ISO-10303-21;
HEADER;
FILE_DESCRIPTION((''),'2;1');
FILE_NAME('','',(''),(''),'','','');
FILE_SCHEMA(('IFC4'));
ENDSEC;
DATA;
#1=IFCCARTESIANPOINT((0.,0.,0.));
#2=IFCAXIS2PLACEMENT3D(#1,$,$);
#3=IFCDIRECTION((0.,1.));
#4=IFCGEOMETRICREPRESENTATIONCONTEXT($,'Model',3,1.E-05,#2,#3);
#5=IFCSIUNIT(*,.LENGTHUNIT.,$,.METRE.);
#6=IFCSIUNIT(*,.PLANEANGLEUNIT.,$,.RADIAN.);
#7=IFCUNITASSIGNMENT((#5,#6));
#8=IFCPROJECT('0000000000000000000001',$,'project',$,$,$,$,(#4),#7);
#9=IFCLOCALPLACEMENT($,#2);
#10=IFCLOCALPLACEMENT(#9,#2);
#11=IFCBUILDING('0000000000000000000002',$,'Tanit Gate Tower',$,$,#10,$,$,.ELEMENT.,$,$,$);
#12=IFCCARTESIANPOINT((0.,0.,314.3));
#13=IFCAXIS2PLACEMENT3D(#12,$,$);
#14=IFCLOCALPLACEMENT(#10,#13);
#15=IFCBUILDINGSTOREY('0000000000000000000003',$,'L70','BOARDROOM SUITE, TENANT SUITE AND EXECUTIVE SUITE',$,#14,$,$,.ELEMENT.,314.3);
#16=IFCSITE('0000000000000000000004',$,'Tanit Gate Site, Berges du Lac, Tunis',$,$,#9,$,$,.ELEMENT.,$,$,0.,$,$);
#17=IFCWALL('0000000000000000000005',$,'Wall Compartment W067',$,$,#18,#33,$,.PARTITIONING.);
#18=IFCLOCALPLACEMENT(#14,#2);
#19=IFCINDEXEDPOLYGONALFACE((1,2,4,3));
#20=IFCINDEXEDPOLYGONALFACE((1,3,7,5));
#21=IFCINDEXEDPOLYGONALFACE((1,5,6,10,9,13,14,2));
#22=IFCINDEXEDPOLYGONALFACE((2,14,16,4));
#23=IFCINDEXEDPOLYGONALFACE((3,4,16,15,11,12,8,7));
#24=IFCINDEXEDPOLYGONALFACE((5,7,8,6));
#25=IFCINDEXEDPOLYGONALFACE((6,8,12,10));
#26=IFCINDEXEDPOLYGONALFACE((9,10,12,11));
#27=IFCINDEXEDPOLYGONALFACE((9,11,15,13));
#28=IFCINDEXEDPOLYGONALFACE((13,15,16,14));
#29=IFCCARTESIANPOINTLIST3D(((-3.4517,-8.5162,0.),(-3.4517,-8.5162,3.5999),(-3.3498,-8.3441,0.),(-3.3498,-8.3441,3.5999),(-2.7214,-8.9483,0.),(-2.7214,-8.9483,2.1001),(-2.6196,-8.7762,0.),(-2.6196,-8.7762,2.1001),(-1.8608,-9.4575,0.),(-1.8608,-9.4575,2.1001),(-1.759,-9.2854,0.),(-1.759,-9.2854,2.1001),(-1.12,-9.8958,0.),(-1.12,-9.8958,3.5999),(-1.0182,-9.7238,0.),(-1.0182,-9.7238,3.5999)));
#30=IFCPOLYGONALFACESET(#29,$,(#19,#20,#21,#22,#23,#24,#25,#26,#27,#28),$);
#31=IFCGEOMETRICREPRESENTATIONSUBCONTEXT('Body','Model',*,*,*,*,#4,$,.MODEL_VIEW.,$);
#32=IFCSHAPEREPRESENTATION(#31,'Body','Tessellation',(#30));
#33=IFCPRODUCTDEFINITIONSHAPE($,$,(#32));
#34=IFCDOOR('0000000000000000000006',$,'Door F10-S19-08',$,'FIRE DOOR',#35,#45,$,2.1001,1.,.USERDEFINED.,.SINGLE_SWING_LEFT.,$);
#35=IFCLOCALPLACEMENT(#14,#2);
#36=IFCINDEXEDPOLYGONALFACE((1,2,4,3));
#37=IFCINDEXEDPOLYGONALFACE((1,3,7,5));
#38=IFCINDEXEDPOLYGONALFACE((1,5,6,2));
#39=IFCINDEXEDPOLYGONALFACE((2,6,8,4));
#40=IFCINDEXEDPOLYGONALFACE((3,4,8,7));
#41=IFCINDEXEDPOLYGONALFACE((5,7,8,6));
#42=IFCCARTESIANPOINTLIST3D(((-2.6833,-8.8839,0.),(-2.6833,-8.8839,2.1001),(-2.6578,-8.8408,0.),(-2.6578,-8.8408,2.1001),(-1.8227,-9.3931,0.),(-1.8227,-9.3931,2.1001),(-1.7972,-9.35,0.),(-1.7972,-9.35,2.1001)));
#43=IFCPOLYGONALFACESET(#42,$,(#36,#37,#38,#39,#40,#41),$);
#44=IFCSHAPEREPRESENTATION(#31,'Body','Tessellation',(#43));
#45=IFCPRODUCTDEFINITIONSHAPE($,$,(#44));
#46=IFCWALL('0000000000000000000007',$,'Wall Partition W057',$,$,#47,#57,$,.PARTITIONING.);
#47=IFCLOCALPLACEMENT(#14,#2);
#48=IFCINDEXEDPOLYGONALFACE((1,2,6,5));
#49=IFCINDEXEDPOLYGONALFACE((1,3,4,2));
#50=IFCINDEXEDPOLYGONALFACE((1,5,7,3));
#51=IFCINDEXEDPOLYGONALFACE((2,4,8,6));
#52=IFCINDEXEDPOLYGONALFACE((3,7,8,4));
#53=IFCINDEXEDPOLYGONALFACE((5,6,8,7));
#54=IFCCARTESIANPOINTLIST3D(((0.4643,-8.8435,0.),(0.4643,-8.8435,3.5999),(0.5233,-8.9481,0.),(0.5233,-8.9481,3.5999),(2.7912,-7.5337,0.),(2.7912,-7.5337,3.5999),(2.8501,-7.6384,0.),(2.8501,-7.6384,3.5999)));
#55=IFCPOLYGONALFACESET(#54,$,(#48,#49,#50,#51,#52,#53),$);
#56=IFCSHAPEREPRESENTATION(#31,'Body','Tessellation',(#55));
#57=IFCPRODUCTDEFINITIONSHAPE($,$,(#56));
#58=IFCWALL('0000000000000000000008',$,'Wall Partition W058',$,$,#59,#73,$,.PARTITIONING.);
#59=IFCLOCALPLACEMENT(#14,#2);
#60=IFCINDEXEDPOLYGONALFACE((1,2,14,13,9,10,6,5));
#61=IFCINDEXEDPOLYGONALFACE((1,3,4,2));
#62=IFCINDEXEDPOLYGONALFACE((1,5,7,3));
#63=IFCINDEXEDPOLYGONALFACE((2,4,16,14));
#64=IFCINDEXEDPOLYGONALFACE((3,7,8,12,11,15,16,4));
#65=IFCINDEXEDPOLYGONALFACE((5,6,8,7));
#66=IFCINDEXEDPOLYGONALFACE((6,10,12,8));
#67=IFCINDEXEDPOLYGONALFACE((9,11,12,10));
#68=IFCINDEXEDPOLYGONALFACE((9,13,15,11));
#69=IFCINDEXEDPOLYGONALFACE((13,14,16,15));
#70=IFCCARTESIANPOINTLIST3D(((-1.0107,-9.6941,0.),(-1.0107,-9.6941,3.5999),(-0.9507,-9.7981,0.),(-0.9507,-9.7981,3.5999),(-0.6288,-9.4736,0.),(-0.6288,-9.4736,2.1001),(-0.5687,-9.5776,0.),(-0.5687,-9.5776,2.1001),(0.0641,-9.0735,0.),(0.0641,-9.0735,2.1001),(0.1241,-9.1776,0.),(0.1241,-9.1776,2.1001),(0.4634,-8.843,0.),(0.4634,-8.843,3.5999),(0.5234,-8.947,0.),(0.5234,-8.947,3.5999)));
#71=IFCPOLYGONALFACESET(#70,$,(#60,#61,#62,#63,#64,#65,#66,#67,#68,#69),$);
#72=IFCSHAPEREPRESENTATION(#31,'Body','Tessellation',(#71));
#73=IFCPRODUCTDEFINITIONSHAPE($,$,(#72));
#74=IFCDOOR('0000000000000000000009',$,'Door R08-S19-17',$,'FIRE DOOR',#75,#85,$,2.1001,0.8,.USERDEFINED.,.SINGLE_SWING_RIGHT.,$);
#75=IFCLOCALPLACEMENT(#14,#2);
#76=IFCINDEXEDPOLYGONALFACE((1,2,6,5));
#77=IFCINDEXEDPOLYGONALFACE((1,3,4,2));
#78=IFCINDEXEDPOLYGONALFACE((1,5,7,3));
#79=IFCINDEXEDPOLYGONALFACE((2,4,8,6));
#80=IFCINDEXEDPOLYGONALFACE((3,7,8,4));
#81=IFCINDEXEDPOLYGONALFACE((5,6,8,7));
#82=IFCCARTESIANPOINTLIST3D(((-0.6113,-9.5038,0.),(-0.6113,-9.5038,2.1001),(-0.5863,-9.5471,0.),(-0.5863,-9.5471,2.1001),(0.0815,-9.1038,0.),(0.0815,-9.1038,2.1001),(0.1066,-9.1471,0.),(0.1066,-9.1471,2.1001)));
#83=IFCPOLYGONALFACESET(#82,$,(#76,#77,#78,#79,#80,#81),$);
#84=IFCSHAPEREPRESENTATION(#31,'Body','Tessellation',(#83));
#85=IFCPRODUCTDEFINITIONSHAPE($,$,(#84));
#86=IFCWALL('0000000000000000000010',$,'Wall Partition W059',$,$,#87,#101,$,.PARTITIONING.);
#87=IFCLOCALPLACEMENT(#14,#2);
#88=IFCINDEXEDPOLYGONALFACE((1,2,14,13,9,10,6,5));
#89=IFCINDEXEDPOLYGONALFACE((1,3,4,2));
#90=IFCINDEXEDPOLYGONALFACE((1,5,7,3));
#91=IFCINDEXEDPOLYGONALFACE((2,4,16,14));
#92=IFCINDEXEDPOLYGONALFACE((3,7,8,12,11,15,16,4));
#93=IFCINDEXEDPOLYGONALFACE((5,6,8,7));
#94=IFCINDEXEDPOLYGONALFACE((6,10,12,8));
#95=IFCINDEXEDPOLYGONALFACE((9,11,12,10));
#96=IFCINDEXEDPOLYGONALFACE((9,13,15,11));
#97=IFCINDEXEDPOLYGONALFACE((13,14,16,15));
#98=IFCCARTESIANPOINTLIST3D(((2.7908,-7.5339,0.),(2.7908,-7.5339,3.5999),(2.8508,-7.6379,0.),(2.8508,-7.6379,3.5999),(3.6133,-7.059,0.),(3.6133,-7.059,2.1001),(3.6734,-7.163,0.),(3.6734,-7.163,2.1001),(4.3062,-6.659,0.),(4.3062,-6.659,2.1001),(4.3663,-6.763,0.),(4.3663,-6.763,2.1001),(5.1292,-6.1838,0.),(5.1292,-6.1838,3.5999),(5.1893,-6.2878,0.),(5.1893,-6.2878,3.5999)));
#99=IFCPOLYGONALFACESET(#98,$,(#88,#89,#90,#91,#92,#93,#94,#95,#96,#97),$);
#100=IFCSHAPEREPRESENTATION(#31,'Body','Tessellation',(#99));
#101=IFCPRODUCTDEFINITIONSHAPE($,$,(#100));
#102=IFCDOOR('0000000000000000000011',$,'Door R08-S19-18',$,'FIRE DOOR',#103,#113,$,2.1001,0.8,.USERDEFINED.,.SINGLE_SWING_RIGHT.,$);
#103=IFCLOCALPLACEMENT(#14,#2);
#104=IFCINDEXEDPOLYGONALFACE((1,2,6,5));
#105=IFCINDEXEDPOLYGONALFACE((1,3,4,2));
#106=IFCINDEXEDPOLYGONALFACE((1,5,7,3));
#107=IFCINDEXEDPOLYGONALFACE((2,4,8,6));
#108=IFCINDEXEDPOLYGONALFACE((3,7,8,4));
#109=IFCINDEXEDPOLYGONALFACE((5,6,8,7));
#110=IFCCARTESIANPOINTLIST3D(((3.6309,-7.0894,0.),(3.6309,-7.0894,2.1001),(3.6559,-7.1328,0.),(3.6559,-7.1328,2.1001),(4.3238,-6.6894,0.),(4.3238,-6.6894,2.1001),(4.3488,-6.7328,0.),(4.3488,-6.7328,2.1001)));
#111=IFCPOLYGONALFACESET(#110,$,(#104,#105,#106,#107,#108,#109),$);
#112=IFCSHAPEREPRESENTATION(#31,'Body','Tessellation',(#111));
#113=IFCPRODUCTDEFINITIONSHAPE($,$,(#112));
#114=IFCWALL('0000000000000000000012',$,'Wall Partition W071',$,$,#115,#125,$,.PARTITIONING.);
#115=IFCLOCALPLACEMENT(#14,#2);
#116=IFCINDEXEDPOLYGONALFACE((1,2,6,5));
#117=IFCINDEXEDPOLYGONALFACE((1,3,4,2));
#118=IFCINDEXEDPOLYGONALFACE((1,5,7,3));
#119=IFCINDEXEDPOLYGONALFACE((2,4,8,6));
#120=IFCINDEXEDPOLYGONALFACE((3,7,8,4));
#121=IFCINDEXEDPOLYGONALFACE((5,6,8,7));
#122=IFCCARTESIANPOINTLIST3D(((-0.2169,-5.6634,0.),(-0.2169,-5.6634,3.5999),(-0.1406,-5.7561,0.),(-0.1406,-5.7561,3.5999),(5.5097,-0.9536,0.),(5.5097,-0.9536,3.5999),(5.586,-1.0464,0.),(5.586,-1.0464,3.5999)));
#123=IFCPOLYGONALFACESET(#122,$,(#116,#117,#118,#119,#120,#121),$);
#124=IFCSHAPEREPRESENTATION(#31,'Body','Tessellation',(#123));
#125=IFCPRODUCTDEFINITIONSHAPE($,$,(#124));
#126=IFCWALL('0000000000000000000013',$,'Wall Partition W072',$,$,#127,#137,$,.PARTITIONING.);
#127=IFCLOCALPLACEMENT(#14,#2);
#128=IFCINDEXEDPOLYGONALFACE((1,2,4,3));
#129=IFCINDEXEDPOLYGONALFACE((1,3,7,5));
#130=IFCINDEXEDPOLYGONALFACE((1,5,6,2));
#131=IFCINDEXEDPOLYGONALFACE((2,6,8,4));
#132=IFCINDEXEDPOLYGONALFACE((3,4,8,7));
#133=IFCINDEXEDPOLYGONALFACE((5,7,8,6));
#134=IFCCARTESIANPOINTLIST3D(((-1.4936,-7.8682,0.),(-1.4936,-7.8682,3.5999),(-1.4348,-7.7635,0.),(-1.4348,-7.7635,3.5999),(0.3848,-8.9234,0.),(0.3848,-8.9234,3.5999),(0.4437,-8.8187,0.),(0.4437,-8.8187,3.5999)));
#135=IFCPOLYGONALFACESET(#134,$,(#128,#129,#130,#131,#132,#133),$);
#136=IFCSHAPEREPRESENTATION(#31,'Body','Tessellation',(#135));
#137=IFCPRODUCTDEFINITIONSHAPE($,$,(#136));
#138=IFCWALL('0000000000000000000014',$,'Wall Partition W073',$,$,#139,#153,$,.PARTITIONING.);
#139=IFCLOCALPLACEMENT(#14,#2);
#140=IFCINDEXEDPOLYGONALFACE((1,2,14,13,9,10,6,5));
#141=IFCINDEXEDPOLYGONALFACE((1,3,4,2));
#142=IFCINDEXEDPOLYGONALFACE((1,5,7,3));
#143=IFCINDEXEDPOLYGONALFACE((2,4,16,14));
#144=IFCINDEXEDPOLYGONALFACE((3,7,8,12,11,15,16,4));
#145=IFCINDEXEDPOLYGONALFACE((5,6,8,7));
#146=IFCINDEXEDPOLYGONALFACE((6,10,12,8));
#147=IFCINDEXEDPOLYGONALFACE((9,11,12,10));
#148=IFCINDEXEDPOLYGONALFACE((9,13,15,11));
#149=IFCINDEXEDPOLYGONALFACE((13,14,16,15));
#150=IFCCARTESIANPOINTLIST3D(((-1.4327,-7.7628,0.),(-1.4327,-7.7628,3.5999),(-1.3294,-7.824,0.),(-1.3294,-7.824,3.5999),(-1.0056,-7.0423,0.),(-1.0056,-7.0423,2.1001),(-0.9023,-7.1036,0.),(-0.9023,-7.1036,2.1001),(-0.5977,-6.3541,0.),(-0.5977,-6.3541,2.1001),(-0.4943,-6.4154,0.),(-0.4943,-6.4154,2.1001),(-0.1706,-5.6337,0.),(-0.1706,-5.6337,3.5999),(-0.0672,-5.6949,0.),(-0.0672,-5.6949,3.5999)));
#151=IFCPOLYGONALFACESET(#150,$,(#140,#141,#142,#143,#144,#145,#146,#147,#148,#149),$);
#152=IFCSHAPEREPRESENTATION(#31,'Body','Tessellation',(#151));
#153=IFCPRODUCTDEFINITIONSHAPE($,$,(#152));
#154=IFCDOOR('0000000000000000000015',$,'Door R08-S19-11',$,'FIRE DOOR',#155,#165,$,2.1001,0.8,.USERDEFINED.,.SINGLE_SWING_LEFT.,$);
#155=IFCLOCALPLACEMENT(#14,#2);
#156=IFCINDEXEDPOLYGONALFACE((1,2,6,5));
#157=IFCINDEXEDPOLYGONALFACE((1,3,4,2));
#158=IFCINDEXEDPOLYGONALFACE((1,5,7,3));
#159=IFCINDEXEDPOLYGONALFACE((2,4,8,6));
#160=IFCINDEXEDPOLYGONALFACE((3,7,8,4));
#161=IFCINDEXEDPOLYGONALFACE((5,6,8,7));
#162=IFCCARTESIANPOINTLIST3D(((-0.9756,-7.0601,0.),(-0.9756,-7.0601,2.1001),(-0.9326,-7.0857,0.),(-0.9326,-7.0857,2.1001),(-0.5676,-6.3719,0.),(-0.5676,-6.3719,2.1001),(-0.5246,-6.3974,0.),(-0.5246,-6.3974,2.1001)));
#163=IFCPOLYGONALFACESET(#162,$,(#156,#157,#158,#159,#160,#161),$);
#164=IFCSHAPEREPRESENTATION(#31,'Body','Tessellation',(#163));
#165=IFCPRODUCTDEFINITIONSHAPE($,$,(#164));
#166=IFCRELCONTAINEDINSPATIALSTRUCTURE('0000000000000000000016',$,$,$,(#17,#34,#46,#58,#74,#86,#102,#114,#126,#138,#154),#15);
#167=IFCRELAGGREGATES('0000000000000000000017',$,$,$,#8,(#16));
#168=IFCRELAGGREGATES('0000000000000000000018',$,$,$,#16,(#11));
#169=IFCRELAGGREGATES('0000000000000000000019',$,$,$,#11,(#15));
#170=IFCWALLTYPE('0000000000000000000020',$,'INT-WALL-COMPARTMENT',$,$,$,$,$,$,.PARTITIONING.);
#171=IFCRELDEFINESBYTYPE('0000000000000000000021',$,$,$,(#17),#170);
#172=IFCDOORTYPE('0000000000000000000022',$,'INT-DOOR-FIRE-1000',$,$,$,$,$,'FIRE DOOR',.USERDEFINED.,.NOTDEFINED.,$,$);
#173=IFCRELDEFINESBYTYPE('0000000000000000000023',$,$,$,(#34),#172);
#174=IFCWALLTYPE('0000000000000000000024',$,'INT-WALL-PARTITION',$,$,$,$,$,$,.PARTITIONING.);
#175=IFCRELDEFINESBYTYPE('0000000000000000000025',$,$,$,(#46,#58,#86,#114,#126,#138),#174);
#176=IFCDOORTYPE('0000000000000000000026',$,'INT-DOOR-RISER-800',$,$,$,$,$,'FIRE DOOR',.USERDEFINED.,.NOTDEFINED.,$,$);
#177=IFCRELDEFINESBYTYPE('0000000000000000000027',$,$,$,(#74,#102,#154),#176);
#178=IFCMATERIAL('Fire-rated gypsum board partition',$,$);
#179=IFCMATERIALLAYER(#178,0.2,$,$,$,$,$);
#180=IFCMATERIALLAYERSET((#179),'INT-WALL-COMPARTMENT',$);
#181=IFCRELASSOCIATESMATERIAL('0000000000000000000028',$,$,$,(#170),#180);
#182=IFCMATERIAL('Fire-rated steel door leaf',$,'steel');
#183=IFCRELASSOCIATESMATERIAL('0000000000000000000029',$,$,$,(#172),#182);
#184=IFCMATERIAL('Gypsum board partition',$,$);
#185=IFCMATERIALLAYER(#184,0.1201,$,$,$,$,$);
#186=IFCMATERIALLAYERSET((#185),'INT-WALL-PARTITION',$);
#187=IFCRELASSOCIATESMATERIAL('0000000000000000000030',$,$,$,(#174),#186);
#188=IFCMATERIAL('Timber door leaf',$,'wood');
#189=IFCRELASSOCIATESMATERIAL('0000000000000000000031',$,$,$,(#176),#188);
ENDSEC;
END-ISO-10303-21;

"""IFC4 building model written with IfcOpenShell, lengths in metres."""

from ifc_helpers import new_model, si_unit, direction, frame, frame_2d, origin, place, context, subcontext, project, spatial, rectangle, extrude, material, layer, layer_set, type_object, element, fill, save


model = new_model("IFC4")

# Units and contexts
model_context = context("Model", 3, precision=1e-05, world=origin(), true_north=direction((0.0, 1.0)))
body_context = subcontext(model_context, "Body", "Model", "MODEL_VIEW")
ifc_project = project(units=[si_unit("LENGTHUNIT", "METRE"), si_unit("PLANEANGLEUNIT", "RADIAN")], contexts=[model_context])

# Site, building, storey
site_placement = place(None, origin())
site = spatial("IfcSite", under=ifc_project, at=site_placement, Name="Tanit Gate Site, Berges du Lac, Tunis", CompositionType="ELEMENT", RefElevation=0.0)
building_placement = place(site_placement, origin())
building = spatial("IfcBuilding", under=site, at=building_placement, Name="Tanit Gate Tower", CompositionType="ELEMENT")
storey_placement = place(building_placement, frame((0.0, 0.0, 314.3)))
storey = spatial("IfcBuildingStorey", under=building, at=storey_placement, Name="L70", Description="BOARDROOM SUITE, TENANT SUITE AND EXECUTIVE SUITE", CompositionType="ELEMENT", Elevation=314.3)

# Wall, opening, door
ifc_material_1 = material(Name="Fire-rated gypsum board partition")
ifc_layer_1 = layer(ifc_material_1, 0.2)
ifc_layer_set_1 = layer_set([ifc_layer_1], Name="INT-WALL-COMPARTMENT")
wall_type_1 = type_object("IfcWallType", Name="INT-WALL-COMPARTMENT", PredefinedType="PARTITIONING", material=ifc_layer_set_1)
wall_1_placement = place(storey_placement, frame((-3.4006, -8.4302, 0.0), z_axis=(0.0, 0.0, 1.0), x_axis=(0.860618, -0.509251, 0.0)))
wall_1 = element("IfcWall", 1, at=wall_1_placement, inside=storey, type_object=wall_type_1, Name="Wall Compartment W067", PredefinedType="PARTITIONING", context=body_context, shape_type="SweptSolid", body=[
    extrude(rectangle(XDim=2.7092, YDim=0.2, at=frame_2d((1.3545, 0.0))), origin(), (0.0, 0.0, 1.0), 3.5999),
])
opening_1_placement = place(wall_1_placement, frame((0.8484, 0.0, 0.0)))
opening_1 = element("IfcOpeningElement", 2, at=opening_1_placement, cuts=wall_1, PredefinedType="OPENING", context=body_context, shape_type="SweptSolid", body=[
    extrude(rectangle(XDim=1.0, YDim=2.1001, at=frame_2d((0.5, 1.05))), frame((0.0, 0.1099, 0.0), z_axis=(0.0, -1.0, 0.0), x_axis=(1.0, 0.0, 0.0)), (0.0, 0.0, 1.0), 0.22),
])
ifc_material_2 = material(Name="Fire-rated steel door leaf", Category="steel")
door_type_1 = type_object("IfcDoorType", Name="INT-DOOR-FIRE-1000", ElementType="FIRE DOOR", OperationType="NOTDEFINED", PredefinedType="USERDEFINED", material=ifc_material_2)
door_1_placement = place(opening_1_placement, origin())
door_1 = element("IfcDoor", 3, at=door_1_placement, inside=storey, type_object=door_type_1, Name="Door F10-S19-08", ObjectType="FIRE DOOR", OperationType="SINGLE_SWING_LEFT", OverallHeight=2.1001, OverallWidth=1.0, PredefinedType="USERDEFINED", context=body_context, shape_type="SweptSolid", body=[
    extrude(rectangle(XDim=1.0, YDim=2.1001, at=frame_2d((0.5, 1.05))), frame((0.0, 0.0249, 0.0), z_axis=(0.0, -1.0, 0.0), x_axis=(1.0, 0.0, 0.0)), (0.0, 0.0, 1.0), 0.05),
])
fill(opening_1, door_1)

# Wall
ifc_material_3 = material(Name="Gypsum board partition")
ifc_layer_2 = layer(ifc_material_3, 0.1201)
ifc_layer_set_2 = layer_set([ifc_layer_2], Name="INT-WALL-PARTITION")
wall_type_2 = type_object("IfcWallType", Name="INT-WALL-PARTITION", PredefinedType="PARTITIONING", material=ifc_layer_set_2)
wall_2_placement = place(storey_placement, frame((0.4939, -8.8958, 0.0), z_axis=(0.0, 0.0, 1.0), x_axis=(0.871427, 0.490526, 0.0)))
element("IfcWall", 4, at=wall_2_placement, inside=storey, type_object=wall_type_2, Name="Wall Partition W057", PredefinedType="PARTITIONING", context=body_context, shape_type="SweptSolid", body=[
    extrude(rectangle(XDim=2.6702, YDim=0.1201, at=frame_2d((1.335, 0.0))), origin(), (0.0, 0.0, 1.0), 3.5999),
])

# Walls, openings, doors
wall_3_placement = place(storey_placement, frame((0.4934, -8.895, 0.0), z_axis=(0.0, 0.0, 1.0), x_axis=(-0.866028, -0.499996, 0.0)))
wall_3 = element("IfcWall", 5, at=wall_3_placement, inside=storey, type_object=wall_type_2, Name="Wall Partition W058", PredefinedType="PARTITIONING", context=body_context, shape_type="SweptSolid", body=[
    extrude(rectangle(XDim=1.7021, YDim=0.1201, at=frame_2d((0.8511, 0.0))), origin(), (0.0, 0.0, 1.0), 3.5999),
])
opening_2_placement = place(wall_3_placement, frame((0.4612, 0.0, 0.0)))
opening_2 = element("IfcOpeningElement", 6, at=opening_2_placement, cuts=wall_3, PredefinedType="OPENING", context=body_context, shape_type="SweptSolid", body=[
    extrude(rectangle(XDim=0.8, YDim=2.1001, at=frame_2d((0.3999, 1.05))), frame((0.0, 0.0701, 0.0), z_axis=(0.0, -1.0, 0.0), x_axis=(1.0, 0.0, 0.0)), (0.0, 0.0, 1.0), 0.1401),
])
ifc_material_4 = material(Name="Timber door leaf", Category="wood")
door_type_2 = type_object("IfcDoorType", Name="INT-DOOR-RISER-800", ElementType="FIRE DOOR", OperationType="NOTDEFINED", PredefinedType="USERDEFINED", material=ifc_material_4)
door_2_placement = place(opening_2_placement, origin())
door_2 = element("IfcDoor", 7, at=door_2_placement, inside=storey, type_object=door_type_2, Name="Door R08-S19-17", ObjectType="FIRE DOOR", OperationType="SINGLE_SWING_RIGHT", OverallHeight=2.1001, OverallWidth=0.8, PredefinedType="USERDEFINED", context=body_context, shape_type="SweptSolid", body=[
    extrude(rectangle(XDim=0.8, YDim=2.1001, at=frame_2d((0.3999, 1.05))), frame((0.0, 0.0249, 0.0), z_axis=(0.0, -1.0, 0.0), x_axis=(1.0, 0.0, 0.0)), (0.0, 0.0, 1.0), 0.05),
])
fill(opening_2, door_2)
wall_4_placement = place(storey_placement, frame((2.8208, -7.5859, 0.0), z_axis=(0.0, 0.0, 1.0), x_axis=(0.86602, 0.500009, 0.0)))
wall_4 = element("IfcWall", 8, at=wall_4_placement, inside=storey, type_object=wall_type_2, Name="Wall Partition W059", PredefinedType="PARTITIONING", context=body_context, shape_type="SweptSolid", body=[
    extrude(rectangle(XDim=2.7002, YDim=0.1201, at=frame_2d((1.3501, 0.0))), origin(), (0.0, 0.0, 1.0), 3.5999),
])
opening_3_placement = place(wall_4_placement, frame((0.95, 0.0, 0.0)))
opening_3 = element("IfcOpeningElement", 9, at=opening_3_placement, cuts=wall_4, PredefinedType="OPENING", context=body_context, shape_type="SweptSolid", body=[
    extrude(rectangle(XDim=0.8, YDim=2.1001, at=frame_2d((0.3999, 1.05))), frame((0.0, 0.0701, 0.0), z_axis=(0.0, -1.0, 0.0), x_axis=(1.0, 0.0, 0.0)), (0.0, 0.0, 1.0), 0.1401),
])
door_3_placement = place(opening_3_placement, origin())
door_3 = element("IfcDoor", 10, at=door_3_placement, inside=storey, type_object=door_type_2, Name="Door R08-S19-18", ObjectType="FIRE DOOR", OperationType="SINGLE_SWING_RIGHT", OverallHeight=2.1001, OverallWidth=0.8, PredefinedType="USERDEFINED", context=body_context, shape_type="SweptSolid", body=[
    extrude(rectangle(XDim=0.8, YDim=2.1001, at=frame_2d((0.3999, 1.05))), frame((0.0, 0.0249, 0.0), z_axis=(0.0, -1.0, 0.0), x_axis=(1.0, 0.0, 0.0)), (0.0, 0.0, 1.0), 0.05),
])
fill(opening_3, door_3)

# Walls
wall_5_placement = place(storey_placement, frame((5.5479, -1.0, 0.0), z_axis=(0.0, 0.0, 1.0), x_axis=(-0.772345, -0.635203, 0.0)))
element("IfcWall", 11, at=wall_5_placement, inside=storey, type_object=wall_type_2, Name="Wall Partition W071", PredefinedType="PARTITIONING", context=body_context, shape_type="SweptSolid", body=[
    extrude(rectangle(XDim=7.4146, YDim=0.1201, at=frame_2d((3.7073, 0.0))), origin(), (0.0, 0.0, 1.0), 3.5999),
])
wall_6_placement = place(storey_placement, frame((-1.4641, -7.8159, 0.0), z_axis=(0.0, 0.0, 1.0), x_axis=(0.87186, -0.489755, 0.0)))
element("IfcWall", 12, at=wall_6_placement, inside=storey, type_object=wall_type_2, Name="Wall Partition W072", PredefinedType="PARTITIONING", context=body_context, shape_type="SweptSolid", body=[
    extrude(rectangle(XDim=2.1545, YDim=0.1201, at=frame_2d((1.0771, 0.0))), origin(), (0.0, 0.0, 1.0), 3.5999),
])

# Wall, opening, door
wall_7_placement = place(storey_placement, frame((-0.1189, -5.6643, 0.0), z_axis=(0.0, 0.0, 1.0), x_axis=(-0.509948, -0.860205, 0.0)))
wall_7 = element("IfcWall", 13, at=wall_7_placement, inside=storey, type_object=wall_type_2, Name="Wall Partition W073", PredefinedType="PARTITIONING", context=body_context, shape_type="SweptSolid", body=[
    extrude(rectangle(XDim=2.4751, YDim=0.1201, at=frame_2d((1.2375, 0.0))), origin(), (0.0, 0.0, 1.0), 3.5999),
])
opening_4_placement = place(wall_7_placement, frame((0.8376, 0.0, 0.0)))
opening_4 = element("IfcOpeningElement", 14, at=opening_4_placement, cuts=wall_7, PredefinedType="OPENING", context=body_context, shape_type="SweptSolid", body=[
    extrude(rectangle(XDim=0.8, YDim=2.1001, at=frame_2d((0.3999, 1.05))), frame((0.0, 0.0701, 0.0), z_axis=(0.0, -1.0, 0.0), x_axis=(1.0, 0.0, 0.0)), (0.0, 0.0, 1.0), 0.1401),
])
door_4_placement = place(opening_4_placement, origin())
door_4 = element("IfcDoor", 15, at=door_4_placement, inside=storey, type_object=door_type_2, Name="Door R08-S19-11", ObjectType="FIRE DOOR", OperationType="SINGLE_SWING_LEFT", OverallHeight=2.1001, OverallWidth=0.8, PredefinedType="USERDEFINED", context=body_context, shape_type="SweptSolid", body=[
    extrude(rectangle(XDim=0.8, YDim=2.1001, at=frame_2d((0.3999, 1.05))), frame((0.0, 0.0249, 0.0), z_axis=(0.0, -1.0, 0.0), x_axis=(1.0, 0.0, 0.0)), (0.0, 0.0, 1.0), 0.05),
])
fill(opening_4, door_4)

save(model, "model.ifc")
